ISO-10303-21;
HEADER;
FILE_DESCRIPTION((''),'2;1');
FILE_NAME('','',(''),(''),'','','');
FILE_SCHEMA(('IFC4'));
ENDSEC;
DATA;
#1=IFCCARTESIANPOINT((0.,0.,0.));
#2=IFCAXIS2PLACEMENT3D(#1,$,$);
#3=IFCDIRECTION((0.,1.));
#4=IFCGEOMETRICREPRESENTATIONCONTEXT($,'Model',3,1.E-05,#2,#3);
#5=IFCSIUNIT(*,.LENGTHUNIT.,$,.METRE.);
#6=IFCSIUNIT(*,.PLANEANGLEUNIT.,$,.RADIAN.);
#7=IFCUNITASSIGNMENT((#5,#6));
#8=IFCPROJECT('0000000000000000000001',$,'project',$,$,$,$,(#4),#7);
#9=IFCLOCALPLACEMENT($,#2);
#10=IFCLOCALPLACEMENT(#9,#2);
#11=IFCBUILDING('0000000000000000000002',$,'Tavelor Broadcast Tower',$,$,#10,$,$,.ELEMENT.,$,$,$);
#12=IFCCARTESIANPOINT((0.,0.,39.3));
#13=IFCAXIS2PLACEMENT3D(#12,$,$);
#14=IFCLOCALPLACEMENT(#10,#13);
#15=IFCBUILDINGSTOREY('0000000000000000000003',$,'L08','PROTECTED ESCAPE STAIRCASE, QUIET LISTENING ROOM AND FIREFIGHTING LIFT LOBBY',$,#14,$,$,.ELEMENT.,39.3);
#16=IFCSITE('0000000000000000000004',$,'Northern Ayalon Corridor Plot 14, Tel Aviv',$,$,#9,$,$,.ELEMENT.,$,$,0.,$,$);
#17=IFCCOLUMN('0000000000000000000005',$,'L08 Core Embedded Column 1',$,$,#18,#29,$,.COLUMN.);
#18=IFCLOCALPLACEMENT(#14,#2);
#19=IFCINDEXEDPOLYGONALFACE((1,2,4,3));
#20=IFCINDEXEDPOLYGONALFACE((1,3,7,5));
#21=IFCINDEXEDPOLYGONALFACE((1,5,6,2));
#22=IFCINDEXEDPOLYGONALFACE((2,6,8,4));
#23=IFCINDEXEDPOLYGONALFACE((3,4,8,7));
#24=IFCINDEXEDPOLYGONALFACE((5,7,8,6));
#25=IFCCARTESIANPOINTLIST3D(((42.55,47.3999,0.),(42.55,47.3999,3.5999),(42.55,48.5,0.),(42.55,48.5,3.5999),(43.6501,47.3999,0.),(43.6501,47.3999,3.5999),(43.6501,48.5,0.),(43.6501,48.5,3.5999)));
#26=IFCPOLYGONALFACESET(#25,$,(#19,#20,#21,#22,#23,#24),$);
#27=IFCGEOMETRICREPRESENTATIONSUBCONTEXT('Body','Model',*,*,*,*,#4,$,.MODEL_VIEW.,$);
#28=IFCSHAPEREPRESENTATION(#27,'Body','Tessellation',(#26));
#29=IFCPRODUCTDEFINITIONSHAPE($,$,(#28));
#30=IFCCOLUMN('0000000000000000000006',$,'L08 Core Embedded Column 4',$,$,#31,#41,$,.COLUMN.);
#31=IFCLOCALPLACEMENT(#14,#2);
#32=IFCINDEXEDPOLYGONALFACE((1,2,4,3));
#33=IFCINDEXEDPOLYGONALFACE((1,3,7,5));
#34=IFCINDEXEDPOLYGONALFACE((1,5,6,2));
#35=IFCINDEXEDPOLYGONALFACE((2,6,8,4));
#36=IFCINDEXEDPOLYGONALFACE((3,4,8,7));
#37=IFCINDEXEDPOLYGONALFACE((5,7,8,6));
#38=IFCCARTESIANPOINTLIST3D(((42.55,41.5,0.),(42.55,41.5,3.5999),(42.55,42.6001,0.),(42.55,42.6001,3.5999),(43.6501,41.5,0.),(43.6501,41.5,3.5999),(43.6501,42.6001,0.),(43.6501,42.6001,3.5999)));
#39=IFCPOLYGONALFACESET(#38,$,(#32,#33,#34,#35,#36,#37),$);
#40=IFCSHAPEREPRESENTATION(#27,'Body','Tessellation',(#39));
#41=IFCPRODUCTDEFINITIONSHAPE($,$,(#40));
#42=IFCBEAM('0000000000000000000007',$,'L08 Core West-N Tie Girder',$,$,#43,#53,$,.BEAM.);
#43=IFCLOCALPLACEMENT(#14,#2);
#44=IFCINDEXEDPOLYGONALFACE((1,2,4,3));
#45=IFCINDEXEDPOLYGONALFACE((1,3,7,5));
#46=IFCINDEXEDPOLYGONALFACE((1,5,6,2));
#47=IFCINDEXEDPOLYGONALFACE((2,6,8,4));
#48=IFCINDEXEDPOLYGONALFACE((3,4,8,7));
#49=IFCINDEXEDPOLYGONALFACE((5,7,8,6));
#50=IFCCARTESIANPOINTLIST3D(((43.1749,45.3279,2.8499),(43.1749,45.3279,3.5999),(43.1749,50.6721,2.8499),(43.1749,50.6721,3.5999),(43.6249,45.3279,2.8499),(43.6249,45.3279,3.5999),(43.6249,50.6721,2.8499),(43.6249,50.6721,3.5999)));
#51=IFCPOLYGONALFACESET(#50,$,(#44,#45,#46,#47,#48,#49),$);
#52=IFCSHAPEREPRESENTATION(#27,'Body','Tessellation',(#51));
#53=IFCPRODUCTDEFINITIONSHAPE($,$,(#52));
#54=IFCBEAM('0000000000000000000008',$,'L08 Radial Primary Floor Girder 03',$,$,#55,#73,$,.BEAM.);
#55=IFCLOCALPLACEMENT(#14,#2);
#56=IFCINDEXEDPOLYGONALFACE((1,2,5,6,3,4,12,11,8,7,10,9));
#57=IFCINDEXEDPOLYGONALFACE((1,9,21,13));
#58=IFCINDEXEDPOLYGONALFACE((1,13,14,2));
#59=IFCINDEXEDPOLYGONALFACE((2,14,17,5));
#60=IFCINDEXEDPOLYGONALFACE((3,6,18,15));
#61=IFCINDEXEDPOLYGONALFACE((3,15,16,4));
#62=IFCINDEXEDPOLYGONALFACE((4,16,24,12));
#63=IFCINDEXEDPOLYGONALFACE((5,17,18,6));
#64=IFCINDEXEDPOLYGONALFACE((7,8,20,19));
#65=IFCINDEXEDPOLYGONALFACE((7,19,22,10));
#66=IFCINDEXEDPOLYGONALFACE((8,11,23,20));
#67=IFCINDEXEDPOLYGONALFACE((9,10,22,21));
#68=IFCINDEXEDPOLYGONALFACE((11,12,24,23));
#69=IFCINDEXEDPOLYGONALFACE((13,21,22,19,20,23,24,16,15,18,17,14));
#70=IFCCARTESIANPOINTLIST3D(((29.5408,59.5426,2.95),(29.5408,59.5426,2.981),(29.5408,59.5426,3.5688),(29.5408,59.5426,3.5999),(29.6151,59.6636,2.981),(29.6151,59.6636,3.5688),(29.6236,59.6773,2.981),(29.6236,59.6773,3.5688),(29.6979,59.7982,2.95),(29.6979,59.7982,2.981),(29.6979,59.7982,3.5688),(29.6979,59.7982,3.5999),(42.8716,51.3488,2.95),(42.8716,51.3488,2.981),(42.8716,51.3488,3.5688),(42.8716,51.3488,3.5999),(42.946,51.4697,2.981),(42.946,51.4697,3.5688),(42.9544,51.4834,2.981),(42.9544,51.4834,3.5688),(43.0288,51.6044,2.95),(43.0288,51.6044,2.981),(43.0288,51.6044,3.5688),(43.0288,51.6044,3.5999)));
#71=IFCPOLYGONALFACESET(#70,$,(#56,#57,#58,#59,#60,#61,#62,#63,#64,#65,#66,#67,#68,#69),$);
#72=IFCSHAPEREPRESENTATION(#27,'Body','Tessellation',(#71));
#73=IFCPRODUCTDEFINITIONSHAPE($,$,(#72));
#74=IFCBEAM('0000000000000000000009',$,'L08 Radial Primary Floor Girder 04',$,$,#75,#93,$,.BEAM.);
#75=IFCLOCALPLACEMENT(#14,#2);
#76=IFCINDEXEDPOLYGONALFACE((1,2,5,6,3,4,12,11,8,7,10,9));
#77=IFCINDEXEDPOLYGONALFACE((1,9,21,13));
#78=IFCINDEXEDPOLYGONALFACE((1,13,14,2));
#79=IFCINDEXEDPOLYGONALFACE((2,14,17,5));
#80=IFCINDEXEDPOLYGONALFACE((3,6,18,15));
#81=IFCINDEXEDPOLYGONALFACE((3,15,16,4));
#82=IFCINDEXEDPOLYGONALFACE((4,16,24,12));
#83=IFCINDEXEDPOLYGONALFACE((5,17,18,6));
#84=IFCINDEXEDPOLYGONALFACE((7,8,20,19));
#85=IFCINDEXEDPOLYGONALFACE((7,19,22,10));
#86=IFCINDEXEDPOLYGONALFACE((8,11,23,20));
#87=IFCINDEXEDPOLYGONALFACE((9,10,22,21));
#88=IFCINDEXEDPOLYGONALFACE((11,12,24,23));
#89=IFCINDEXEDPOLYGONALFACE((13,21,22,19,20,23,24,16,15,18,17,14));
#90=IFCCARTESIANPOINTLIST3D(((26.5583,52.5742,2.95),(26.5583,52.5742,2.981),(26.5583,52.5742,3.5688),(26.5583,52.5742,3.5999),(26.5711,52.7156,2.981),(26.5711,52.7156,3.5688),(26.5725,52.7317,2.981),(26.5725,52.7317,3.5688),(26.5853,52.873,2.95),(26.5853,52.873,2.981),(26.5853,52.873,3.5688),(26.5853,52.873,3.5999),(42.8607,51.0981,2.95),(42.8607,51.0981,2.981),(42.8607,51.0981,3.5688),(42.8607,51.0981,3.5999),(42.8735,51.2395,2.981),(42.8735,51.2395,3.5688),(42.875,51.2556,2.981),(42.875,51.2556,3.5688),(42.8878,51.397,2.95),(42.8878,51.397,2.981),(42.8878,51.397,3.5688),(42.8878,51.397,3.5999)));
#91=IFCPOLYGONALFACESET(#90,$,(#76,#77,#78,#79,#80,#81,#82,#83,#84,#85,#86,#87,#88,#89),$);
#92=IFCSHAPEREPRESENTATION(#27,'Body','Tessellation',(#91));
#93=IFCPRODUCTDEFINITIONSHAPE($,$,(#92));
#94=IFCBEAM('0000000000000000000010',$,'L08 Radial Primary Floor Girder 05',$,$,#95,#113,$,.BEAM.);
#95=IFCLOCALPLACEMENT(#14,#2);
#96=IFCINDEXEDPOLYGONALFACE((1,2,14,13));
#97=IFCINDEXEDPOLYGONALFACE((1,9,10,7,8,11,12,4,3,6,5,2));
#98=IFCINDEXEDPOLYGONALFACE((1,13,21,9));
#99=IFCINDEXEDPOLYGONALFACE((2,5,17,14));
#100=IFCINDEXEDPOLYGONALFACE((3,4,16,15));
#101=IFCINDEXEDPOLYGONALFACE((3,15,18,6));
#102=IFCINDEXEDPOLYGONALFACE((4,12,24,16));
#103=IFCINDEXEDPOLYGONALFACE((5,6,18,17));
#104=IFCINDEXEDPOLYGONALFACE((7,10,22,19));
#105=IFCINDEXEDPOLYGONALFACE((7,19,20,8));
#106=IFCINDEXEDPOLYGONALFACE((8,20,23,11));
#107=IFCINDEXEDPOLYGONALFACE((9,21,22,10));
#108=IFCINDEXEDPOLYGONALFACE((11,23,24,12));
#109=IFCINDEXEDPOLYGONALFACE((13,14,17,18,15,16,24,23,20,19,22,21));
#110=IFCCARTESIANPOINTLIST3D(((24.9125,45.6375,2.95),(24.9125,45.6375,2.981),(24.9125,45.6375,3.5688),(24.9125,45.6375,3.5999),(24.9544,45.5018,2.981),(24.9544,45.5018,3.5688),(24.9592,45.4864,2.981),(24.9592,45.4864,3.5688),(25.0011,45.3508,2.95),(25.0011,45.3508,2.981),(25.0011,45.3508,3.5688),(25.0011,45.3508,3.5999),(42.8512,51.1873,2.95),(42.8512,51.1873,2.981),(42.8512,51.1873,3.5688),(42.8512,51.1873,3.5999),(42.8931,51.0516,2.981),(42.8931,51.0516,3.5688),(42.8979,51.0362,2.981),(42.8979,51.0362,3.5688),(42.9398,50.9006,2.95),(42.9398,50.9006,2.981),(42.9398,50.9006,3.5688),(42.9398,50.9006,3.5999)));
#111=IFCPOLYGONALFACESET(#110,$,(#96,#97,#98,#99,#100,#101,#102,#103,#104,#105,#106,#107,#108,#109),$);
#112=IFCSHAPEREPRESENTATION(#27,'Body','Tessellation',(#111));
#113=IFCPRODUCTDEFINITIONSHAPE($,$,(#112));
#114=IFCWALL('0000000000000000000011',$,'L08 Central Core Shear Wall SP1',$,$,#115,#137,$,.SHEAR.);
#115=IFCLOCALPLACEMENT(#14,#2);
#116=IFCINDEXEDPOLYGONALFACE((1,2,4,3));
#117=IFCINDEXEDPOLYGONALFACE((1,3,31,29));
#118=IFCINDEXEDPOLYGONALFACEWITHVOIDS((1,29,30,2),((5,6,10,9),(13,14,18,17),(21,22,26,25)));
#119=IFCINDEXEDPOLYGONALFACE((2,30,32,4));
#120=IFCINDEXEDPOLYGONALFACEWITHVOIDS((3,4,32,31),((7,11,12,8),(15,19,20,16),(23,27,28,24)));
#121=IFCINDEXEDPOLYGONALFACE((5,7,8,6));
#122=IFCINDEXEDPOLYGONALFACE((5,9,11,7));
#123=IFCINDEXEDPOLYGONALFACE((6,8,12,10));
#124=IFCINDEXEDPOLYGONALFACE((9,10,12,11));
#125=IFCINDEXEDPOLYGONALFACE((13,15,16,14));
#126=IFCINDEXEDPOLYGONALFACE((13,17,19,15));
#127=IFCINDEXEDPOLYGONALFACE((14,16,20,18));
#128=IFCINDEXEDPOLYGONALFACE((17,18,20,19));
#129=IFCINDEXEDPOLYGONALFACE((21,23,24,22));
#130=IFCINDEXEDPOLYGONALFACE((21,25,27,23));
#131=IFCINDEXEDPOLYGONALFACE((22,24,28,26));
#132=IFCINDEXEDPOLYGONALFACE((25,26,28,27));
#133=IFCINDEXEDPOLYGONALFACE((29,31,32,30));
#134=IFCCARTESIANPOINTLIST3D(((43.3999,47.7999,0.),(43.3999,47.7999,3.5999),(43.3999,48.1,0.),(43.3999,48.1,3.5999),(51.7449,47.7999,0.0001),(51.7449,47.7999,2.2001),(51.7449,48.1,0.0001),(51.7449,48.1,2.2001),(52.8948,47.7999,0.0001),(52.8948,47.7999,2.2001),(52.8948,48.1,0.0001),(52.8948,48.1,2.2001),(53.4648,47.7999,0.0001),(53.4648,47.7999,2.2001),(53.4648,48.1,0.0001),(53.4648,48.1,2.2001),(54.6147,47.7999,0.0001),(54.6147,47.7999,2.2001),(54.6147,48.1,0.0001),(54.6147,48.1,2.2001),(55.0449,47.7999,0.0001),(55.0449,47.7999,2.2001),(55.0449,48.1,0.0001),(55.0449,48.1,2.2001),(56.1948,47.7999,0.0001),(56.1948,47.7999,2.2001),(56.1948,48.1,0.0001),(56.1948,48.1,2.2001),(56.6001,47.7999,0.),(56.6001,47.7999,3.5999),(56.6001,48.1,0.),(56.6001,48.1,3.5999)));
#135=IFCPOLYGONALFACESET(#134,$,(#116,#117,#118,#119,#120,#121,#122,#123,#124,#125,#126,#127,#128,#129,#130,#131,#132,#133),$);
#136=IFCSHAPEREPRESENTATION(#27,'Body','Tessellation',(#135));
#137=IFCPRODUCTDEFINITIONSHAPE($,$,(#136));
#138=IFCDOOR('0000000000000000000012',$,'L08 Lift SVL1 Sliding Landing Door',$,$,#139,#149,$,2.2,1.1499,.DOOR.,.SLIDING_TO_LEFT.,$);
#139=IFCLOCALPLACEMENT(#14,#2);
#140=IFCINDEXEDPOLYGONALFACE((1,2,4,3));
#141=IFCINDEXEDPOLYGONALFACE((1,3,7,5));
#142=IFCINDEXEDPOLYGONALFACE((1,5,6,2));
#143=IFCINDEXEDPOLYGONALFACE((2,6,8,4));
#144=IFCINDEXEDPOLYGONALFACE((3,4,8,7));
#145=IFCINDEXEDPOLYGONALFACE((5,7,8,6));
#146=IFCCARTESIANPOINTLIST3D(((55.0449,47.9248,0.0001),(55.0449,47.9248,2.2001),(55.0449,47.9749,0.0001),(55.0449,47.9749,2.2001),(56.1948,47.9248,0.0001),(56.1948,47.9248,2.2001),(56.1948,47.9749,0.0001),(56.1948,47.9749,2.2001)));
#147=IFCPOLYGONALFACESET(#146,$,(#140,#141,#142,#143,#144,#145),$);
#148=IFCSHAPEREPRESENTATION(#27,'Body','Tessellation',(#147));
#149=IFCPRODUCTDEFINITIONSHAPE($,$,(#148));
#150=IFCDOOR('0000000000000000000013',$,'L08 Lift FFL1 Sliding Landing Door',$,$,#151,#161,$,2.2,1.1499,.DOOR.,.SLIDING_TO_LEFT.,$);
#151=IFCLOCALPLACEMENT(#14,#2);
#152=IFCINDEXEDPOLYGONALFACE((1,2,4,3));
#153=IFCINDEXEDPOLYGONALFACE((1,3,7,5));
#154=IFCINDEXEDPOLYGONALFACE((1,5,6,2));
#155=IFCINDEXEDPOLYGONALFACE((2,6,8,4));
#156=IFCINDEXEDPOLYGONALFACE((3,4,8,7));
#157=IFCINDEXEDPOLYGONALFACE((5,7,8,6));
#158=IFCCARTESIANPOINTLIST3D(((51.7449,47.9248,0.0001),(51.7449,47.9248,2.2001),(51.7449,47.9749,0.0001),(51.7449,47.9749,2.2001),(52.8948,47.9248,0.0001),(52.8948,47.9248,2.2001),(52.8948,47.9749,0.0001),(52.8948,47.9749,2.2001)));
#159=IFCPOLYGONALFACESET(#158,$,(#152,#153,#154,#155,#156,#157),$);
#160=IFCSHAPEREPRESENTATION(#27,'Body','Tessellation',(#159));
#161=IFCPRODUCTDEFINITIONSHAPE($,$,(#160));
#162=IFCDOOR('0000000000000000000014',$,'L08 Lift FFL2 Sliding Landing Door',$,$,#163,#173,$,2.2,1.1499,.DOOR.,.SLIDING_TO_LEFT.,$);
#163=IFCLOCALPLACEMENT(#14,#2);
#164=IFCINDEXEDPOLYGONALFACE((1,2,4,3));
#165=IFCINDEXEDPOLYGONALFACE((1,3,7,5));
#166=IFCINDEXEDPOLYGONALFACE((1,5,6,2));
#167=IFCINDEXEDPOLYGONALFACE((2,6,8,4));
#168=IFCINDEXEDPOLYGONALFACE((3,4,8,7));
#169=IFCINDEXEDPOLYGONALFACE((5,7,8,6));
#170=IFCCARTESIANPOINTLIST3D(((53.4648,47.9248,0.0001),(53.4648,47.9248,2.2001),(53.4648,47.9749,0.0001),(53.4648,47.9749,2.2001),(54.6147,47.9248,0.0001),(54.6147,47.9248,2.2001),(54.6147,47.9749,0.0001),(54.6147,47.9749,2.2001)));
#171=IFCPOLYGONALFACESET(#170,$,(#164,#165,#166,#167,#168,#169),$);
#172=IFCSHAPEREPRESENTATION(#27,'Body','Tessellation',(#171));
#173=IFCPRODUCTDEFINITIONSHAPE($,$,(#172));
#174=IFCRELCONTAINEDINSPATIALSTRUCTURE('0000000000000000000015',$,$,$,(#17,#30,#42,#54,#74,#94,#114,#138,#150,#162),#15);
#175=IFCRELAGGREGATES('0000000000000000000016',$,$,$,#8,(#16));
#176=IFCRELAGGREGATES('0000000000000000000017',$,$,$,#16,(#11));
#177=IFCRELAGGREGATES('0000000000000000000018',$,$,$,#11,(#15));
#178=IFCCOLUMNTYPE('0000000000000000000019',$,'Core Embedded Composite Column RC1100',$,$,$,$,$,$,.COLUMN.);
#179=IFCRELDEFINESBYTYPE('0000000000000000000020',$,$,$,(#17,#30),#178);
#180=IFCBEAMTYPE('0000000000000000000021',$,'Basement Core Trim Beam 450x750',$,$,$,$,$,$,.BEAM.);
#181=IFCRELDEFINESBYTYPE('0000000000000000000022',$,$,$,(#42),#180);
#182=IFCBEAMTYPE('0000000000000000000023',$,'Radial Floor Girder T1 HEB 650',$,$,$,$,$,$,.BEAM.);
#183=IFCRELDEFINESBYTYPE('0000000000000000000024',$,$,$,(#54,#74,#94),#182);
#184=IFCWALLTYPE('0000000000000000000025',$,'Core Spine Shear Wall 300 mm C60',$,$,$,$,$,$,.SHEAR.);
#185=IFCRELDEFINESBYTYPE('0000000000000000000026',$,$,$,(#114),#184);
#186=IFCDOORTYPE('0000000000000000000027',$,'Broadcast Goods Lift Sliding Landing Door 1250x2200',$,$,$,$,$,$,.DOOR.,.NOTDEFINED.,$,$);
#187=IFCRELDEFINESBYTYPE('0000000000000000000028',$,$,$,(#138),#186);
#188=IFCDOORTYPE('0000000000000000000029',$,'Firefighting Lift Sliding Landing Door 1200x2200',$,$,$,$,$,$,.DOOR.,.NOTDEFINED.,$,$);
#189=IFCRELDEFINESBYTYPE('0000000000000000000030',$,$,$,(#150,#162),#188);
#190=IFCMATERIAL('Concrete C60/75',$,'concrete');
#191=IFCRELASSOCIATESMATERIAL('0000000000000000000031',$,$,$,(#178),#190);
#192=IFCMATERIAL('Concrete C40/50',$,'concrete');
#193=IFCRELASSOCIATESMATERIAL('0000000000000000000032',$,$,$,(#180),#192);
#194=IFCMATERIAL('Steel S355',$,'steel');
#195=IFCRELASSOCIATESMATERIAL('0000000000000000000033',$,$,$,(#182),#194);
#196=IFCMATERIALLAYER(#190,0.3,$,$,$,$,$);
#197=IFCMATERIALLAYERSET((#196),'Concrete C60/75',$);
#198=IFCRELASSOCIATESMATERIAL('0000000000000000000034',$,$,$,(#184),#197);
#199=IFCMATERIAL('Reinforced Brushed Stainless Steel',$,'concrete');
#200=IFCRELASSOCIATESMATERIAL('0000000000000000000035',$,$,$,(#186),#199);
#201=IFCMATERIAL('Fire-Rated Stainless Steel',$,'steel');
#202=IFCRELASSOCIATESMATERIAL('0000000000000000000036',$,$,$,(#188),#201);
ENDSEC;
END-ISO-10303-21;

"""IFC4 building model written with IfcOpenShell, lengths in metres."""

from ifc_helpers import new_model, si_unit, direction, frame, frame_2d, origin, origin_2d, place, context, subcontext, project, spatial, rectangle, i_section, extrude, material, layer, layer_set, material_profile, profile_set, type_object, element, fill, save


model = new_model("IFC4")

# Units and contexts
model_context = context("Model", 3, precision=1e-05, world=origin(), true_north=direction((0.0, 1.0)))
body_context = subcontext(model_context, "Body", "Model", "MODEL_VIEW")
ifc_project = project(units=[si_unit("LENGTHUNIT", "METRE"), si_unit("PLANEANGLEUNIT", "RADIAN")], contexts=[model_context])

# Site, building, storey
site_placement = place(None, origin())
site = spatial("IfcSite", under=ifc_project, at=site_placement, Name="Northern Ayalon Corridor Plot 14, Tel Aviv", CompositionType="ELEMENT", RefElevation=0.0)
building_placement = place(site_placement, origin())
building = spatial("IfcBuilding", under=site, at=building_placement, Name="Tavelor Broadcast Tower", CompositionType="ELEMENT")
storey_placement = place(building_placement, frame((0.0, 0.0, 39.3)))
storey = spatial("IfcBuildingStorey", under=building, at=storey_placement, Name="L08", Description="PROTECTED ESCAPE STAIRCASE, QUIET LISTENING ROOM AND FIREFIGHTING LIFT LOBBY", CompositionType="ELEMENT", Elevation=39.3)

# Columns
ifc_material_1 = material(Name="Concrete C60/75", Category="concrete")
ifc_material_profile_1 = material_profile(ifc_material_1, rectangle(XDim=1.1001, YDim=1.1001, at=origin_2d()), Name="RC 1100x1100")
ifc_profile_set_1 = profile_set([ifc_material_profile_1], Name="Concrete C60/75")
column_type = type_object("IfcColumnType", Name="Core Embedded Composite Column RC1100", PredefinedType="COLUMN", material=ifc_profile_set_1)
for number, where, z_axis, x_axis, name in (
    (1, (43.1001, 47.95, 0.0), (0.0, 0.0, 1.0), (1.0, 0.0, 0.0), "L08 Core Embedded Column 1"),
    (2, (43.1001, 42.05, 0.0), (0.0, 0.0, 1.0), (1.0, 0.0, 0.0), "L08 Core Embedded Column 4"),
):
    element("IfcColumn", number, at=place(storey_placement, frame(where, z_axis=z_axis, x_axis=x_axis)), inside=storey, type_object=column_type, Name=name, PredefinedType="COLUMN", context=body_context, shape_type="SweptSolid", body=[
        extrude(rectangle(XDim=1.1001, YDim=1.1001, at=origin_2d()), origin(), (0.0, 0.0, 1.0), 3.5999),
    ])

# Beams
ifc_material_2 = material(Name="Concrete C40/50", Category="concrete")
ifc_material_profile_2 = material_profile(ifc_material_2, rectangle(XDim=0.45, YDim=0.75, at=origin_2d()), Name="RC 450x750")
ifc_profile_set_2 = profile_set([ifc_material_profile_2], Name="Concrete C40/50")
beam_type_1 = type_object("IfcBeamType", Name="Basement Core Trim Beam 450x750", PredefinedType="BEAM", material=ifc_profile_set_2)
beam_1_placement = place(storey_placement, frame((43.3999, 45.3279, 3.2249), z_axis=(0.0, 1.0, 0.0), x_axis=(-1.0, 0.0, 0.0)))
element("IfcBeam", 3, at=beam_1_placement, inside=storey, type_object=beam_type_1, Name="L08 Core West-N Tie Girder", PredefinedType="BEAM", context=body_context, shape_type="SweptSolid", body=[
    extrude(rectangle(XDim=0.45, YDim=0.75, at=origin_2d()), origin(), (0.0, 0.0, 1.0), 5.3442),
])
ifc_material_3 = material(Name="Steel S355", Category="steel")
ifc_material_profile_3 = material_profile(ifc_material_3, i_section(OverallWidth=0.3, OverallDepth=0.6499, WebThickness=0.0161, FlangeThickness=0.031, at=origin_2d()), Name="HEB 650")
ifc_profile_set_3 = profile_set([ifc_material_profile_3], Name="Steel S355")
beam_type_2 = type_object("IfcBeamType", Name="Radial Floor Girder T1 HEB 650", PredefinedType="BEAM", material=ifc_profile_set_3)
beam_2_placement = place(storey_placement, frame((42.9502, 51.4766, 3.2749), z_axis=(-0.851936, 0.523646, 0.0), x_axis=(-0.523646, -0.851936, 0.0)))
element("IfcBeam", 4, at=beam_2_placement, inside=storey, type_object=beam_type_2, Name="L08 Radial Primary Floor Girder 03", PredefinedType="BEAM", context=body_context, shape_type="SweptSolid", body=[
    extrude(i_section(OverallWidth=0.3, OverallDepth=0.6499, WebThickness=0.0161, FlangeThickness=0.031, at=origin_2d()), origin(), (0.0, 0.0, 1.0), 15.6477),
])
beam_3_placement = place(storey_placement, frame((42.8743, 51.2476, 3.2749), z_axis=(-0.995926, 0.090174, 0.0), x_axis=(-0.090174, -0.995926, 0.0)))
element("IfcBeam", 5, at=beam_3_placement, inside=storey, type_object=beam_type_2, Name="L08 Radial Primary Floor Girder 04", PredefinedType="BEAM", context=body_context, shape_type="SweptSolid", body=[
    extrude(i_section(OverallWidth=0.3, OverallDepth=0.6499, WebThickness=0.0161, FlangeThickness=0.031, at=origin_2d()), origin(), (0.0, 0.0, 1.0), 16.3691),
])
beam_4_placement = place(storey_placement, frame((42.8955, 51.0439, 3.2749), z_axis=(-0.955326, -0.295555, 0.0), x_axis=(0.295555, -0.955326, 0.0)))
element("IfcBeam", 6, at=beam_4_placement, inside=storey, type_object=beam_type_2, Name="L08 Radial Primary Floor Girder 05", PredefinedType="BEAM", context=body_context, shape_type="SweptSolid", body=[
    extrude(i_section(OverallWidth=0.3, OverallDepth=0.6499, WebThickness=0.0161, FlangeThickness=0.031, at=origin_2d()), origin(), (0.0, 0.0, 1.0), 18.7776),
])

# Wall, openings, doors
ifc_layer_1 = layer(ifc_material_1, 0.3)
ifc_layer_set_1 = layer_set([ifc_layer_1], Name="Concrete C60/75")
wall_type_1 = type_object("IfcWallType", Name="Core Spine Shear Wall 300 mm C60", PredefinedType="SHEAR", material=ifc_layer_set_1)
wall_1_placement = place(storey_placement, frame((43.3999, 47.95, 0.0), z_axis=(0.0, 0.0, 1.0), x_axis=(1.0, 0.0, 0.0)))
wall_1 = element("IfcWall", 7, at=wall_1_placement, inside=storey, type_object=wall_type_1, Name="L08 Central Core Shear Wall SP1", PredefinedType="SHEAR", context=body_context, shape_type="SweptSolid", body=[
    extrude(rectangle(XDim=13.2002, YDim=0.3, at=frame_2d((6.6001, 0.0))), origin(), (0.0, 0.0, 1.0), 3.5999),
])
opening_1_placement = place(wall_1_placement, frame((8.345, 0.0, 0.0)))
opening_1 = element("IfcOpeningElement", 8, at=opening_1_placement, cuts=wall_1, PredefinedType="OPENING", context=body_context, shape_type="SweptSolid", body=[
    extrude(rectangle(XDim=1.1499, YDim=2.2, at=frame_2d((0.575, 1.1001))), frame((0.0, 0.1602, 0.0), z_axis=(0.0, -1.0, 0.0), x_axis=(1.0, 0.0, 0.0)), (0.0, 0.0, 1.0), 0.3201),
])
opening_2_placement = place(wall_1_placement, frame((10.0649, 0.0, 0.0)))
opening_2 = element("IfcOpeningElement", 9, at=opening_2_placement, cuts=wall_1, PredefinedType="OPENING", context=body_context, shape_type="SweptSolid", body=[
    extrude(rectangle(XDim=1.1499, YDim=2.2, at=frame_2d((0.575, 1.1001))), frame((0.0, 0.1602, 0.0), z_axis=(0.0, -1.0, 0.0), x_axis=(1.0, 0.0, 0.0)), (0.0, 0.0, 1.0), 0.3201),
])
opening_3_placement = place(wall_1_placement, frame((11.645, 0.0, 0.0)))
opening_3 = element("IfcOpeningElement", 10, at=opening_3_placement, cuts=wall_1, PredefinedType="OPENING", context=body_context, shape_type="SweptSolid", body=[
    extrude(rectangle(XDim=1.1499, YDim=2.2, at=frame_2d((0.575, 1.1001))), frame((0.0, 0.1602, 0.0), z_axis=(0.0, -1.0, 0.0), x_axis=(1.0, 0.0, 0.0)), (0.0, 0.0, 1.0), 0.3201),
])
ifc_material_4 = material(Name="Reinforced Brushed Stainless Steel", Category="concrete")
door_type_1 = type_object("IfcDoorType", Name="Broadcast Goods Lift Sliding Landing Door 1250x2200", OperationType="NOTDEFINED", PredefinedType="DOOR", material=ifc_material_4)
door_1_placement = place(opening_3_placement, origin())
door_1 = element("IfcDoor", 11, at=door_1_placement, inside=storey, type_object=door_type_1, Name="L08 Lift SVL1 Sliding Landing Door", OperationType="SLIDING_TO_LEFT", OverallHeight=2.2, OverallWidth=1.1499, PredefinedType="DOOR", context=body_context, shape_type="SweptSolid", body=[
    extrude(rectangle(XDim=1.1499, YDim=2.2, at=frame_2d((0.575, 1.1001))), frame((0.0, 0.0249, 0.0), z_axis=(0.0, -1.0, 0.0), x_axis=(1.0, 0.0, 0.0)), (0.0, 0.0, 1.0), 0.05),
])
fill(opening_3, door_1)
ifc_material_5 = material(Name="Fire-Rated Stainless Steel", Category="steel")
door_type_2 = type_object("IfcDoorType", Name="Firefighting Lift Sliding Landing Door 1200x2200", OperationType="NOTDEFINED", PredefinedType="DOOR", material=ifc_material_5)
door_2_placement = place(opening_1_placement, origin())
door_2 = element("IfcDoor", 12, at=door_2_placement, inside=storey, type_object=door_type_2, Name="L08 Lift FFL1 Sliding Landing Door", OperationType="SLIDING_TO_LEFT", OverallHeight=2.2, OverallWidth=1.1499, PredefinedType="DOOR", context=body_context, shape_type="SweptSolid", body=[
    extrude(rectangle(XDim=1.1499, YDim=2.2, at=frame_2d((0.575, 1.1001))), frame((0.0, 0.0249, 0.0), z_axis=(0.0, -1.0, 0.0), x_axis=(1.0, 0.0, 0.0)), (0.0, 0.0, 1.0), 0.05),
])
fill(opening_1, door_2)
door_3_placement = place(opening_2_placement, origin())
door_3 = element("IfcDoor", 13, at=door_3_placement, inside=storey, type_object=door_type_2, Name="L08 Lift FFL2 Sliding Landing Door", OperationType="SLIDING_TO_LEFT", OverallHeight=2.2, OverallWidth=1.1499, PredefinedType="DOOR", context=body_context, shape_type="SweptSolid", body=[
    extrude(rectangle(XDim=1.1499, YDim=2.2, at=frame_2d((0.575, 1.1001))), frame((0.0, 0.0249, 0.0), z_axis=(0.0, -1.0, 0.0), x_axis=(1.0, 0.0, 0.0)), (0.0, 0.0, 1.0), 0.05),
])
fill(opening_2, door_3)

save(model, "model.ifc")
